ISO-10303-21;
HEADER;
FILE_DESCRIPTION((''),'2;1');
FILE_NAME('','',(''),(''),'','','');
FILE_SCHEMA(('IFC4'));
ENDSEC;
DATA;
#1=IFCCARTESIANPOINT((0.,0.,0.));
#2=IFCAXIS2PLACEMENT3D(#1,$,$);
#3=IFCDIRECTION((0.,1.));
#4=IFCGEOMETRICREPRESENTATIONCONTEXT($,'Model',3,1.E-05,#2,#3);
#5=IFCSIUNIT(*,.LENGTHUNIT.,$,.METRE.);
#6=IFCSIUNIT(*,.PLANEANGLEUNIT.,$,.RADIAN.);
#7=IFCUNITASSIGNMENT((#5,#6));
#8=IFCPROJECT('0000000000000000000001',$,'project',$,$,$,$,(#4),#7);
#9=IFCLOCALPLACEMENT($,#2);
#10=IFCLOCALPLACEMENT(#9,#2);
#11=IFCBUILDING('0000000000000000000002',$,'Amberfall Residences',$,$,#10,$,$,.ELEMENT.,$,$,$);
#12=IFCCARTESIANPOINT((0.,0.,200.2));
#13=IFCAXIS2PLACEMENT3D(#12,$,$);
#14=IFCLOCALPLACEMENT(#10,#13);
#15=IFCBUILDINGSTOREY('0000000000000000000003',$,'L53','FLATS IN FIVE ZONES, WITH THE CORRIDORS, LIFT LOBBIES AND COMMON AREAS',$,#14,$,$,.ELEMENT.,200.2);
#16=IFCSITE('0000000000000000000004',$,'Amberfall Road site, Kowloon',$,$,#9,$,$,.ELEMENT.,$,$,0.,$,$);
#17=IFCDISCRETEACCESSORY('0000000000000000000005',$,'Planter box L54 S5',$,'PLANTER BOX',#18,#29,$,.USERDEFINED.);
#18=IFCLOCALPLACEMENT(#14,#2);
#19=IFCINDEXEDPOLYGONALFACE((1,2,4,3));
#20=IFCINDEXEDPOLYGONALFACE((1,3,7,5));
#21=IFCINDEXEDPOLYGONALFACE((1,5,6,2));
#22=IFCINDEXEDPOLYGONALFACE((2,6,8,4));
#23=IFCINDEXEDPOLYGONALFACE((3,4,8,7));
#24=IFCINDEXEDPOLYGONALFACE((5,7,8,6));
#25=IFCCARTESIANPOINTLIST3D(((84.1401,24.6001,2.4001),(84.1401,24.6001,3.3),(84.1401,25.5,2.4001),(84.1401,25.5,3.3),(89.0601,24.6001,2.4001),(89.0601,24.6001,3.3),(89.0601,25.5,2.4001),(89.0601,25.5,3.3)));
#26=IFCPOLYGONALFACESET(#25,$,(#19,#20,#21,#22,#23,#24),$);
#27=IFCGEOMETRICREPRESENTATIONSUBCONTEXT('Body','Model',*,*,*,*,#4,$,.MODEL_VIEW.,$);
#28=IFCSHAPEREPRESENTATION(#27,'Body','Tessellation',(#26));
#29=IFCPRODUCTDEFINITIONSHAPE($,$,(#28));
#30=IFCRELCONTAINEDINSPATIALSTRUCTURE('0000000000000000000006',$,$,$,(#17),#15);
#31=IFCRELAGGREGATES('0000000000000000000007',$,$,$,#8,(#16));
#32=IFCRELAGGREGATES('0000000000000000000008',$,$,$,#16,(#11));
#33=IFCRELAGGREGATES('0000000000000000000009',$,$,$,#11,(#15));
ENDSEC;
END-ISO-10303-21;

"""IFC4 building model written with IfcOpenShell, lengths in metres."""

from ifc_helpers import new_model, si_unit, direction, frame, origin, origin_2d, place, context, subcontext, project, spatial, rectangle, extrude, element, save


model = new_model("IFC4")

# Units and contexts
model_context = context("Model", 3, precision=1e-05, world=origin(), true_north=direction((0.0, 1.0)))
body_context = subcontext(model_context, "Body", "Model", "MODEL_VIEW")
ifc_project = project(units=[si_unit("LENGTHUNIT", "METRE"), si_unit("PLANEANGLEUNIT", "RADIAN")], contexts=[model_context])

# Site, building, storey
site_placement = place(None, origin())
site = spatial("IfcSite", under=ifc_project, at=site_placement, Name="Amberfall Road site, Kowloon", CompositionType="ELEMENT", RefElevation=0.0)
building_placement = place(site_placement, origin())
building = spatial("IfcBuilding", under=site, at=building_placement, Name="Amberfall Residences", CompositionType="ELEMENT")
storey_placement = place(building_placement, frame((0.0, 0.0, 200.2)))
storey = spatial("IfcBuildingStorey", under=building, at=storey_placement, Name="L53", Description="FLATS IN FIVE ZONES, WITH THE CORRIDORS, LIFT LOBBIES AND COMMON AREAS", CompositionType="ELEMENT", Elevation=200.2)

# Discrete accessory
discrete_accessory_placement = place(storey_placement, frame((86.6001, 25.05, 2.4001), z_axis=(0.0, 0.0, 1.0), x_axis=(1.0, 0.0, 0.0)))
element("IfcDiscreteAccessory", 1, at=discrete_accessory_placement, inside=storey, Name="Planter box L54 S5", ObjectType="PLANTER BOX", PredefinedType="USERDEFINED", context=body_context, shape_type="SweptSolid", body=[
    extrude(rectangle(XDim=4.9199, YDim=0.8999, at=origin_2d()), origin(), (0.0, 0.0, 1.0), 0.8999),
])

save(model, "model.ifc")
